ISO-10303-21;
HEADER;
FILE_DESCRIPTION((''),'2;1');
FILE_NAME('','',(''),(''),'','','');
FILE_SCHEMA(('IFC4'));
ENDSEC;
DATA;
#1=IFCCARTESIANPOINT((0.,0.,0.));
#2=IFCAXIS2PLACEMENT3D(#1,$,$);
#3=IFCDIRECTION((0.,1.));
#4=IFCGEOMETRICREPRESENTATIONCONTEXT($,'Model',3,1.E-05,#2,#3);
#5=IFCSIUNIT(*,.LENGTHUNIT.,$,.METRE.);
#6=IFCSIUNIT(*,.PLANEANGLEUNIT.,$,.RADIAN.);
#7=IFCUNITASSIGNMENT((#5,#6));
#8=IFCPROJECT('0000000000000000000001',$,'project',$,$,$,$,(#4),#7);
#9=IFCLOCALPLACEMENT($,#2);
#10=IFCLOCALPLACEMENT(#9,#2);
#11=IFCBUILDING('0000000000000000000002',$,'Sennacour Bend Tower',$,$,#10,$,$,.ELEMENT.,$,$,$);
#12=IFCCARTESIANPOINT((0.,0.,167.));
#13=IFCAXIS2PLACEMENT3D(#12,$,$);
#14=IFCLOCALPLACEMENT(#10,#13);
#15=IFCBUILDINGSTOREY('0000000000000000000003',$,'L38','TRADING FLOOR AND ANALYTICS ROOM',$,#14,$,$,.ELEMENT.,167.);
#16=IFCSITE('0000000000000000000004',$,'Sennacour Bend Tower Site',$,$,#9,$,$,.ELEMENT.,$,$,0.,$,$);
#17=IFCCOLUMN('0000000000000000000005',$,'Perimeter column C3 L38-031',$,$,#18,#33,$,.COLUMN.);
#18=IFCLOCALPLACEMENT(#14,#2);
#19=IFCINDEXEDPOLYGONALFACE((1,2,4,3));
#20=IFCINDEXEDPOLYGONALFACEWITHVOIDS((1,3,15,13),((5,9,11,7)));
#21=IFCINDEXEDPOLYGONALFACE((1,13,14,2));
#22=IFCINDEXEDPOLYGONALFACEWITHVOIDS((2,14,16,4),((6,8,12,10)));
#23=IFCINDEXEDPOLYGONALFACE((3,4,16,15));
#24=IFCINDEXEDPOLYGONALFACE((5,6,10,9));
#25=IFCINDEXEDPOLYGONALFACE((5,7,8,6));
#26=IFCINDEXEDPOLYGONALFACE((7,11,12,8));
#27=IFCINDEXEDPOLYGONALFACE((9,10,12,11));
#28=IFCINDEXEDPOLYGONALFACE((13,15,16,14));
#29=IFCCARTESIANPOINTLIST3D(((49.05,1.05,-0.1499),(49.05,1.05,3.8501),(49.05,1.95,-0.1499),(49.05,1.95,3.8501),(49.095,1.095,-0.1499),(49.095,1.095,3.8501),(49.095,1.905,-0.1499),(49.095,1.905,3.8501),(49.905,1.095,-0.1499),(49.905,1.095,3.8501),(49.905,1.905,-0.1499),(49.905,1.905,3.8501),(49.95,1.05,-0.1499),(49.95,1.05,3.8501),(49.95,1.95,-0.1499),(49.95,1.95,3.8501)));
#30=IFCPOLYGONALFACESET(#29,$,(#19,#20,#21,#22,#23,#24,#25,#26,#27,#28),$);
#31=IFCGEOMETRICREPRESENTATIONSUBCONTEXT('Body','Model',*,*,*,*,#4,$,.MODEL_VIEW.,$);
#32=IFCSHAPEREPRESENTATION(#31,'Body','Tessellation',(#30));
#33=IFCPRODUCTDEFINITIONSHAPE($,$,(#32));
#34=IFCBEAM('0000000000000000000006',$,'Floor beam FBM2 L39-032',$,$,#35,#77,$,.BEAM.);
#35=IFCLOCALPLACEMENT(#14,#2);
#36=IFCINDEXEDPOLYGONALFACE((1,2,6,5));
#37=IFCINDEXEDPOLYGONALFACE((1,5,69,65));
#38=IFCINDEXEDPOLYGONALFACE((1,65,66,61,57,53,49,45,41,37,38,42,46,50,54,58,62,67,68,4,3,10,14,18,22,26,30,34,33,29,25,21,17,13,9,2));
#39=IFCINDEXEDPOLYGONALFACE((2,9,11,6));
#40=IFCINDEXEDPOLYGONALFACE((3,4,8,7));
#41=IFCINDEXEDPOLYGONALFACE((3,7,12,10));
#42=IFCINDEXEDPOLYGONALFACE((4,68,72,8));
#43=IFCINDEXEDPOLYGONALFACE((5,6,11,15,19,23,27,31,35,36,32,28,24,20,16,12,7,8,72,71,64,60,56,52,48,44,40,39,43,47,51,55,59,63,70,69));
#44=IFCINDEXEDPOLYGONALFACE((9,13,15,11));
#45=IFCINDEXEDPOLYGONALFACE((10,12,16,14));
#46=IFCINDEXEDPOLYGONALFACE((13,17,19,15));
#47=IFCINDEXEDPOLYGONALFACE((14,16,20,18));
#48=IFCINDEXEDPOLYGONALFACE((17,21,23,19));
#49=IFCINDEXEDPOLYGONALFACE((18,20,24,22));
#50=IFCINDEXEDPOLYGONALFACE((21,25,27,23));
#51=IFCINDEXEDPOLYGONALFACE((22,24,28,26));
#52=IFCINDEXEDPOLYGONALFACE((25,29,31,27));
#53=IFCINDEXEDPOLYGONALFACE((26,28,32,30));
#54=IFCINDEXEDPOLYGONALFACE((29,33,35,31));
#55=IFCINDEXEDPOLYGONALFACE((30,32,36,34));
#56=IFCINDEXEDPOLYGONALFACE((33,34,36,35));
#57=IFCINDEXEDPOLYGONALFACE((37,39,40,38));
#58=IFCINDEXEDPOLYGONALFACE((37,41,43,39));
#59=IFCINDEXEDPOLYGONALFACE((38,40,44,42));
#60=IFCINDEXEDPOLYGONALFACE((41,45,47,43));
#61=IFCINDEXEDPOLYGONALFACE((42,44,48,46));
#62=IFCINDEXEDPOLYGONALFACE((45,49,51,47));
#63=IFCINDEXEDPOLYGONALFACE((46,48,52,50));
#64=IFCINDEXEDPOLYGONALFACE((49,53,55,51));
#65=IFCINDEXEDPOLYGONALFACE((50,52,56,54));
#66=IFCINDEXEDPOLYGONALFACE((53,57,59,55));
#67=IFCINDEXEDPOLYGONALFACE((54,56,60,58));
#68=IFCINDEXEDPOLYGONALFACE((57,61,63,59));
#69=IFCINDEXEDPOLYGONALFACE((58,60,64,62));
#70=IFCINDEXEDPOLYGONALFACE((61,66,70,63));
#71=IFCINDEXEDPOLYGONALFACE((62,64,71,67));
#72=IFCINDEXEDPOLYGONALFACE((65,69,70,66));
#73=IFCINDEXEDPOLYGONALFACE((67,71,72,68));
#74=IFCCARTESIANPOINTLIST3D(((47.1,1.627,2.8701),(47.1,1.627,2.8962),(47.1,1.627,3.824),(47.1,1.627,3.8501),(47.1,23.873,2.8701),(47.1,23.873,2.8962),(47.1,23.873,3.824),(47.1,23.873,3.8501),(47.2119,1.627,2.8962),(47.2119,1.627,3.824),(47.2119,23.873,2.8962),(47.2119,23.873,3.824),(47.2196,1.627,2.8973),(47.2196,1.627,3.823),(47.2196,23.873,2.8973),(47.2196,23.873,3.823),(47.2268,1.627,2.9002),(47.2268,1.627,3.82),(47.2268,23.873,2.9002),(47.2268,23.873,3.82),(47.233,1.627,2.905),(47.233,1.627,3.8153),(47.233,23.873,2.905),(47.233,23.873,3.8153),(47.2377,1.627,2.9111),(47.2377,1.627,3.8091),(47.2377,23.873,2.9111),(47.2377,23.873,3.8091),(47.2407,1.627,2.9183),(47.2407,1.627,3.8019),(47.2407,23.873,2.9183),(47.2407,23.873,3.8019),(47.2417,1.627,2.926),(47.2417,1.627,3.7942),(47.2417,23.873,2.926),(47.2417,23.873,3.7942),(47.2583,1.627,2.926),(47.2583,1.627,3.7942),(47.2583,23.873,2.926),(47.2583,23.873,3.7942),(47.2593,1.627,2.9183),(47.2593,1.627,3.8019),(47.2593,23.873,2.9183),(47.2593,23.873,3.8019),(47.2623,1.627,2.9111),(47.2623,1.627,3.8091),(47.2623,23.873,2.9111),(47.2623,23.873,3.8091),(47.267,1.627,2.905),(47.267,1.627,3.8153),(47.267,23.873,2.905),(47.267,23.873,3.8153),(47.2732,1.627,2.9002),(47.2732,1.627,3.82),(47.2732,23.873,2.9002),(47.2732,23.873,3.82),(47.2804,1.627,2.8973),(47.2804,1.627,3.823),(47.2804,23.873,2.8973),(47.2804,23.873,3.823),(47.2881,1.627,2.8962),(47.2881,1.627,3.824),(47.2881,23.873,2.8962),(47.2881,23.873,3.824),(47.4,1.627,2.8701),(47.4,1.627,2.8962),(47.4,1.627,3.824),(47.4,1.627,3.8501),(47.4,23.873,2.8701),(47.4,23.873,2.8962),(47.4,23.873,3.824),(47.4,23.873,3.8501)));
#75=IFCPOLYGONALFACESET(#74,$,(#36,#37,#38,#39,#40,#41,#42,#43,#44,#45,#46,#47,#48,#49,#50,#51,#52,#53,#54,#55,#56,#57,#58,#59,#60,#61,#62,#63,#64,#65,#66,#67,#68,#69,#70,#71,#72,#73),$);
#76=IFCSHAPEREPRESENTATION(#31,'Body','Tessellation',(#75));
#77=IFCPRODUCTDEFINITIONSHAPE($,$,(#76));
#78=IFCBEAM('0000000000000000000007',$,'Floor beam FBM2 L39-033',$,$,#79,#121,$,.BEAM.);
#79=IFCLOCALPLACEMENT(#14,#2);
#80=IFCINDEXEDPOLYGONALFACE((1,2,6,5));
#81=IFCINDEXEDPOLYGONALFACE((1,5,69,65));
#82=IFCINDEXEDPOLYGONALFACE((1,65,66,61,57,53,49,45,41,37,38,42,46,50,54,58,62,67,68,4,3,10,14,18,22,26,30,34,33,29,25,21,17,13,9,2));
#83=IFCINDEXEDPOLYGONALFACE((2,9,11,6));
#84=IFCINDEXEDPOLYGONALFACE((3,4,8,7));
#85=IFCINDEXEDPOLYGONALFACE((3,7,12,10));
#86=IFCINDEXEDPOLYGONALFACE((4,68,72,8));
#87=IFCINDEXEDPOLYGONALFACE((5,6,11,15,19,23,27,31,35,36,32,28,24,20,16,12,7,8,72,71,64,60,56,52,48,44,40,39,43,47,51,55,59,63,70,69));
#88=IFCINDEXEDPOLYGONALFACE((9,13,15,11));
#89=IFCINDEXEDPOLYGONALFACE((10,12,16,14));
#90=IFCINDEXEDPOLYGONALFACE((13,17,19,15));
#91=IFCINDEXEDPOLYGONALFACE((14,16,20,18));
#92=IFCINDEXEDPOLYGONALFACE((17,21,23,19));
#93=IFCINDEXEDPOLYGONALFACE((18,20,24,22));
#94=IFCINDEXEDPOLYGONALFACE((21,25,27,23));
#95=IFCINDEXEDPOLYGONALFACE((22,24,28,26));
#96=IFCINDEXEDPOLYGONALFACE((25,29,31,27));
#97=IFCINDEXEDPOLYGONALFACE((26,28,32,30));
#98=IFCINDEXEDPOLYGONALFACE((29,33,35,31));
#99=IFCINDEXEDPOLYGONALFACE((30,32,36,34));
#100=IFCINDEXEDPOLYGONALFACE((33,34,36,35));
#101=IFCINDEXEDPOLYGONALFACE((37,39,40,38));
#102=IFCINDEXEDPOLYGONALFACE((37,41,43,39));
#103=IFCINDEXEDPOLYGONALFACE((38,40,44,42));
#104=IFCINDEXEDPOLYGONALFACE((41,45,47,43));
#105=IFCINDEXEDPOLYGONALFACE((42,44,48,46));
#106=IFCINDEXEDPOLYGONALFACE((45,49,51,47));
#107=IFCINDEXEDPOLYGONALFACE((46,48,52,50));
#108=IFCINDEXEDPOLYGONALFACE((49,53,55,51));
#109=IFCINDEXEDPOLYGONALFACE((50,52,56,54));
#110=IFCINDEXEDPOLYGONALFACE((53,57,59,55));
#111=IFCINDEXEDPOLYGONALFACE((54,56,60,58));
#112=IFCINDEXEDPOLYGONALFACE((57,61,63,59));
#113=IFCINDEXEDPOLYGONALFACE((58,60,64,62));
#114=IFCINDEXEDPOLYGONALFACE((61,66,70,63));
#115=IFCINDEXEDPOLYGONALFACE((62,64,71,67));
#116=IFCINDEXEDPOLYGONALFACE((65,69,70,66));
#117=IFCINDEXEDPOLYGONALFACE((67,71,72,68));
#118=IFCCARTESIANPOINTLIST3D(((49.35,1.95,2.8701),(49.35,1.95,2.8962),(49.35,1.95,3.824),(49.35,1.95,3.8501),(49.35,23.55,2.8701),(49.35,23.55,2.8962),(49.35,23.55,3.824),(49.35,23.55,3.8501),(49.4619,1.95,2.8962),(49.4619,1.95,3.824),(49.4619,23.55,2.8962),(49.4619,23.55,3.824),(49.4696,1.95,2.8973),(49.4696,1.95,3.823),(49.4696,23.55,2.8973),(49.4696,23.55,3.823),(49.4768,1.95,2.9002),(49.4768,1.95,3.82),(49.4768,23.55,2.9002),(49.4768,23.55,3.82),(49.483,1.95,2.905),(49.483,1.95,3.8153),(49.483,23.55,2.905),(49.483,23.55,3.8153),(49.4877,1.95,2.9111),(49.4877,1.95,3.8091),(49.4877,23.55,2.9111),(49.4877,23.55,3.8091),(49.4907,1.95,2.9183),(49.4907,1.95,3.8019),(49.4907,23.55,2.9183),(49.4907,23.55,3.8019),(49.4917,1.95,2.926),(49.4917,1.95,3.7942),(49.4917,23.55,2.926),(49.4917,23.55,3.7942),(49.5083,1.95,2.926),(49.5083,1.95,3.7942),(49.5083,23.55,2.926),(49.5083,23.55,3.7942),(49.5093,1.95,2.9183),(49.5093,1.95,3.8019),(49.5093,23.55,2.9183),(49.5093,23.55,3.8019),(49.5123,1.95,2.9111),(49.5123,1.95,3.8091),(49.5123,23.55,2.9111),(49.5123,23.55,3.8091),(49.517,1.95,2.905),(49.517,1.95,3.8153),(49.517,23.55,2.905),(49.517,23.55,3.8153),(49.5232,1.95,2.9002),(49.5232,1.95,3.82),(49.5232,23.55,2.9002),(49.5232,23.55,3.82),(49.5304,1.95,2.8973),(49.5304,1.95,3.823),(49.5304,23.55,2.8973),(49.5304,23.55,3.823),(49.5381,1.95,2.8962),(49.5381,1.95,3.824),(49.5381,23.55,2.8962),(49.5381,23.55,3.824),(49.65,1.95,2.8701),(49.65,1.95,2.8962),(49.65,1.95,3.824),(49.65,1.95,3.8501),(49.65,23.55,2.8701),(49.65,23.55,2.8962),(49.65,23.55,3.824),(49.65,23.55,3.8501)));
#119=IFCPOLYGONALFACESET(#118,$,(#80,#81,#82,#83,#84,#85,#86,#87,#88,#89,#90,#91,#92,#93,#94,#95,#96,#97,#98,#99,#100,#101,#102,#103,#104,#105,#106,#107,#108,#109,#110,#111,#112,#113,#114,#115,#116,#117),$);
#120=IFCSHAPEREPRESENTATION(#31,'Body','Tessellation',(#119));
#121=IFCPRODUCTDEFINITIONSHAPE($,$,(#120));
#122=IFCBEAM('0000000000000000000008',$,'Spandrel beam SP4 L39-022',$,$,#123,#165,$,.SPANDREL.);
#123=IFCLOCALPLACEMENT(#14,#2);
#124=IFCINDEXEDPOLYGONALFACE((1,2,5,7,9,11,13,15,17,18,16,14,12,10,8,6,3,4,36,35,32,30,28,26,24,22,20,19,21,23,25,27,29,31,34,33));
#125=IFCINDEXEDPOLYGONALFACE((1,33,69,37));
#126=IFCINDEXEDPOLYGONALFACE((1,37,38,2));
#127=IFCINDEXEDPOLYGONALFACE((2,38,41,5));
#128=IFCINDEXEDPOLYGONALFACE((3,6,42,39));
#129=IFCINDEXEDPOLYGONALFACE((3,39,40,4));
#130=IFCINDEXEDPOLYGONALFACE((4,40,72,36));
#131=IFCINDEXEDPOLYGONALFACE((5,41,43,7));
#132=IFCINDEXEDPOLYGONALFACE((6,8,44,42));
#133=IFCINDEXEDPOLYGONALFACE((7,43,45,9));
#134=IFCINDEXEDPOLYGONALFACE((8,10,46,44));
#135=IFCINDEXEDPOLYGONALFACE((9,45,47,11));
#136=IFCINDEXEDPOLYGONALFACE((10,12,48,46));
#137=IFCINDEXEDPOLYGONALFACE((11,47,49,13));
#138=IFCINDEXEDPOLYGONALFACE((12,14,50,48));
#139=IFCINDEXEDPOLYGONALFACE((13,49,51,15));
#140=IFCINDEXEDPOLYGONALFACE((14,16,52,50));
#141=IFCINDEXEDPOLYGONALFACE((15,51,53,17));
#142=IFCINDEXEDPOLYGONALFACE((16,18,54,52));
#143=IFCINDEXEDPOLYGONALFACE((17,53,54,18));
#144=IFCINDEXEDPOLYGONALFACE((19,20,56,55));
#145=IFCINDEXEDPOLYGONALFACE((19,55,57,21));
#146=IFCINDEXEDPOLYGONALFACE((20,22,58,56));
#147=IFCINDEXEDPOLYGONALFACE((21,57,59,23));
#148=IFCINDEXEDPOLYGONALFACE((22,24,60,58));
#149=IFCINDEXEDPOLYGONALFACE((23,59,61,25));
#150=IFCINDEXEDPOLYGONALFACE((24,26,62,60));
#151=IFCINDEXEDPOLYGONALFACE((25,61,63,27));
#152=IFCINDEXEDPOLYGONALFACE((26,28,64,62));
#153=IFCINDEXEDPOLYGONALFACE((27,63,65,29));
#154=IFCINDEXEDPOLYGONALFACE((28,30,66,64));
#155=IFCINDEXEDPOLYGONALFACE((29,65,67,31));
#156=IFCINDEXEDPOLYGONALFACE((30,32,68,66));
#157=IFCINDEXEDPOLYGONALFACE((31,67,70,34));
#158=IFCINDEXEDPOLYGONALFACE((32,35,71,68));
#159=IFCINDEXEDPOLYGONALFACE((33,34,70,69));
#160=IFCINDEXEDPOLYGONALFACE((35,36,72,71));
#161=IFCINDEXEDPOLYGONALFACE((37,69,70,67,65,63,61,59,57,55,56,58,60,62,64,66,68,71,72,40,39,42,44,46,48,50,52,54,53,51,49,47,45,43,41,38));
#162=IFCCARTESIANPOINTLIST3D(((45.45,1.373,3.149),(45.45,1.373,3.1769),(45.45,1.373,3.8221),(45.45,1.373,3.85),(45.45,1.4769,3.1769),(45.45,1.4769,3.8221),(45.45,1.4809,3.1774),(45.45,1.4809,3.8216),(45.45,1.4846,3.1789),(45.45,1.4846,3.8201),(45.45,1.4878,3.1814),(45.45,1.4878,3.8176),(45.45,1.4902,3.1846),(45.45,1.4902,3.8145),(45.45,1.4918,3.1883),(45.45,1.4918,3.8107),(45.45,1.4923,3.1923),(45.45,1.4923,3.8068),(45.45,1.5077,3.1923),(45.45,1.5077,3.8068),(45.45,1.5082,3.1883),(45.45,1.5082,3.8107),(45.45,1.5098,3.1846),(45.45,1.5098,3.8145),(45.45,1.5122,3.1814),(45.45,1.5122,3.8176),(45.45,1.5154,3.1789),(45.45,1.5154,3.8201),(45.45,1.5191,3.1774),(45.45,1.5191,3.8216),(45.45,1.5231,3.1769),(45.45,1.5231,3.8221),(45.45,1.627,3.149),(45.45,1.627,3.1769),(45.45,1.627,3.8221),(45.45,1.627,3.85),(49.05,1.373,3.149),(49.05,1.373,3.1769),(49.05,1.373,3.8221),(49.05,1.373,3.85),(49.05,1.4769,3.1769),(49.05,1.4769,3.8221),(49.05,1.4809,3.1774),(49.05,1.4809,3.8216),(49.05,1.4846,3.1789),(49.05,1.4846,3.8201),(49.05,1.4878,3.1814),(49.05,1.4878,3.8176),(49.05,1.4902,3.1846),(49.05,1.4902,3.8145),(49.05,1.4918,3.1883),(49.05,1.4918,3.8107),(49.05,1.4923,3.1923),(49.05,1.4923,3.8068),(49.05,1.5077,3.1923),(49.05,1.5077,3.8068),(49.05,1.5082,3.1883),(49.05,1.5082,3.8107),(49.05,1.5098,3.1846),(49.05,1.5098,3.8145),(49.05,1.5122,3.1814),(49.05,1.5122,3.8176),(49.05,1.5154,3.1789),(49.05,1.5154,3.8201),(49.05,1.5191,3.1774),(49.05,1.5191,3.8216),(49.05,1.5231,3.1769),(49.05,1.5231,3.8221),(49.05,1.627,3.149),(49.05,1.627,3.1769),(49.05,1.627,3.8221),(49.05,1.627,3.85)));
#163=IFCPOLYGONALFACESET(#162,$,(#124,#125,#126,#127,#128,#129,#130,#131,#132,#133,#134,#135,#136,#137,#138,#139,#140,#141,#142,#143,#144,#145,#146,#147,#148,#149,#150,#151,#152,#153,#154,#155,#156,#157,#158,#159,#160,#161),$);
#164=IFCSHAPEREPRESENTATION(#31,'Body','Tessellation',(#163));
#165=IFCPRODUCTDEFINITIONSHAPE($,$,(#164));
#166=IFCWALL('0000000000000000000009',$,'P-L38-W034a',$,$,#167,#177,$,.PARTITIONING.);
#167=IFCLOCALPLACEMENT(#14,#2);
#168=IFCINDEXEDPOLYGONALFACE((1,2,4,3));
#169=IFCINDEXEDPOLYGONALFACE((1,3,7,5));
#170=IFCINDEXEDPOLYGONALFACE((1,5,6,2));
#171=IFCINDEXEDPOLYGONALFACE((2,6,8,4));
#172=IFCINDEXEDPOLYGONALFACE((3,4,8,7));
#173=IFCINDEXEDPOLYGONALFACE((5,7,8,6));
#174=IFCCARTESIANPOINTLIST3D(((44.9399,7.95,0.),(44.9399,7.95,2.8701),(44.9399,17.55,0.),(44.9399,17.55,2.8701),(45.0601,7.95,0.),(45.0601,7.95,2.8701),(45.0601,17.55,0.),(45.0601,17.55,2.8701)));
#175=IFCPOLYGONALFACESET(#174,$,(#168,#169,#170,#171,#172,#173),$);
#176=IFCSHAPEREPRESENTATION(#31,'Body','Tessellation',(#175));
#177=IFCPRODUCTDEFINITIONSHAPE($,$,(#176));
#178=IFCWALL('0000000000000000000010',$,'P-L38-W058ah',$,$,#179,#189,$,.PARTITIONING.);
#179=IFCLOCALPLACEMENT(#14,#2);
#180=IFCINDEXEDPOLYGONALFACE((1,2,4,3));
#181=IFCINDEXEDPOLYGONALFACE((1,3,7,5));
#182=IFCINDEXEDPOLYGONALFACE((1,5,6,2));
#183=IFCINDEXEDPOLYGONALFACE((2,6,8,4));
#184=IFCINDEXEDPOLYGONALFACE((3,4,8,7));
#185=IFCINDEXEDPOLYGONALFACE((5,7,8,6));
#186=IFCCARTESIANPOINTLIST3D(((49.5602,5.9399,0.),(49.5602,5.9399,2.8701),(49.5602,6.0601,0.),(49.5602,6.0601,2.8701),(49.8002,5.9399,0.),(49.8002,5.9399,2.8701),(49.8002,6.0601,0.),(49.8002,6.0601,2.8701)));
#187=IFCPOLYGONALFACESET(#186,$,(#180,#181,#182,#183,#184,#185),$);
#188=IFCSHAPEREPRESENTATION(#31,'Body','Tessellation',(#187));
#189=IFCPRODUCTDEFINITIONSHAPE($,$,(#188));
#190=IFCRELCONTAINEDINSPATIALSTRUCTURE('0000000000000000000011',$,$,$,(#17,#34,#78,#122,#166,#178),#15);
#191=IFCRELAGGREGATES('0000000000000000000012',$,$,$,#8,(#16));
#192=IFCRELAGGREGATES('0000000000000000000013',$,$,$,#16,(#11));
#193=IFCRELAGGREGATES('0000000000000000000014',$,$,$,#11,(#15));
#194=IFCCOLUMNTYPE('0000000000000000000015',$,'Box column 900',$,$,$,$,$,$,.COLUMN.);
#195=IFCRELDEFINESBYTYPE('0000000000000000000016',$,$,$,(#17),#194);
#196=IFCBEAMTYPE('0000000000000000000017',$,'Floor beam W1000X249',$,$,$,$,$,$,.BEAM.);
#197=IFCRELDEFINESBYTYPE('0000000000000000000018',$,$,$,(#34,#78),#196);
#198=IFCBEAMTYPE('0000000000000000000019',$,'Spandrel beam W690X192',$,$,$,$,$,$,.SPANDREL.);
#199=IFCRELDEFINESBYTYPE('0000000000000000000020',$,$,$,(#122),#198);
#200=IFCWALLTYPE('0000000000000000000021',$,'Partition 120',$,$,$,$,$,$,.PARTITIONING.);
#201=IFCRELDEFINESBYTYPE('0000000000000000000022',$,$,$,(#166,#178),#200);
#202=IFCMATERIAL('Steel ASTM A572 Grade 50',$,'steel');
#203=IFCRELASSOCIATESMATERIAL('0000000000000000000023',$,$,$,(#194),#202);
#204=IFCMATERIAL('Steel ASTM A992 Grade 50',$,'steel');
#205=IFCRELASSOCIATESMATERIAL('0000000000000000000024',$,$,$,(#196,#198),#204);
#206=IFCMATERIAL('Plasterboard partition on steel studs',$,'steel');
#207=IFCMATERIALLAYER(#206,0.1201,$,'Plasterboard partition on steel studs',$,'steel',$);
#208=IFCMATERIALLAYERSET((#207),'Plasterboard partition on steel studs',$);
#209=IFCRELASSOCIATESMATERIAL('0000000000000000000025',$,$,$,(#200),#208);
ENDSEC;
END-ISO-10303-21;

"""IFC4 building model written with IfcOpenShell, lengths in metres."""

from ifc_helpers import new_model, si_unit, direction, frame, frame_2d, origin, origin_2d, place, context, subcontext, project, spatial, rectangle, hollow_rectangle, i_section, extrude, material, layer, layer_set, material_profile, profile_set, type_object, element, save


model = new_model("IFC4")

# Units and contexts
model_context = context("Model", 3, precision=1e-05, world=origin(), true_north=direction((0.0, 1.0)))
body_context = subcontext(model_context, "Body", "Model", "MODEL_VIEW")
ifc_project = project(units=[si_unit("LENGTHUNIT", "METRE"), si_unit("PLANEANGLEUNIT", "RADIAN")], contexts=[model_context])

# Site, building, storey
site_placement = place(None, origin())
site = spatial("IfcSite", under=ifc_project, at=site_placement, Name="Sennacour Bend Tower Site", CompositionType="ELEMENT", RefElevation=0.0)
building_placement = place(site_placement, origin())
building = spatial("IfcBuilding", under=site, at=building_placement, Name="Sennacour Bend Tower", CompositionType="ELEMENT")
storey_placement = place(building_placement, frame((0.0, 0.0, 167.0)))
storey = spatial("IfcBuildingStorey", under=building, at=storey_placement, Name="L38", Description="TRADING FLOOR AND ANALYTICS ROOM", CompositionType="ELEMENT", Elevation=167.0)

# Column
ifc_material_1 = material(Name="Steel ASTM A572 Grade 50", Category="steel")
ifc_material_profile_1 = material_profile(ifc_material_1, hollow_rectangle(XDim=0.8999, YDim=0.8999, WallThickness=0.0449, at=origin_2d()), Name="Steel ASTM A572 Grade 50", Category="steel")
ifc_profile_set_1 = profile_set([ifc_material_profile_1], Name="Steel ASTM A572 Grade 50")
column_type = type_object("IfcColumnType", Name="Box column 900", PredefinedType="COLUMN", material=ifc_profile_set_1)
column_placement = place(storey_placement, frame((49.5, 1.5, -0.1499), z_axis=(0.0, 0.0, 1.0), x_axis=(1.0, 0.0, 0.0)))
element("IfcColumn", 1, at=column_placement, inside=storey, type_object=column_type, Name="Perimeter column C3 L38-031", PredefinedType="COLUMN", context=body_context, shape_type="SweptSolid", body=[
    extrude(hollow_rectangle(XDim=0.8999, YDim=0.8999, WallThickness=0.0449, at=origin_2d()), origin(), (0.0, 0.0, 1.0), 4.0),
])

# Beams
ifc_material_2 = material(Name="Steel ASTM A992 Grade 50", Category="steel")
ifc_material_profile_2 = material_profile(ifc_material_2, i_section(OverallWidth=0.3, OverallDepth=0.98, WebThickness=0.0166, FlangeThickness=0.0261, FilletRadius=0.0298, at=origin_2d()), Name="Steel ASTM A992 Grade 50", Category="steel")
ifc_profile_set_2 = profile_set([ifc_material_profile_2], Name="Steel ASTM A992 Grade 50")
beam_type_1 = type_object("IfcBeamType", Name="Floor beam W1000X249", PredefinedType="BEAM", material=ifc_profile_set_2)
beam_1_placement = place(storey_placement, frame((47.25, 1.627, 3.3601), z_axis=(0.0, 1.0, 0.0), x_axis=(-1.0, 0.0, 0.0)))
element("IfcBeam", 2, at=beam_1_placement, inside=storey, type_object=beam_type_1, Name="Floor beam FBM2 L39-032", PredefinedType="BEAM", context=body_context, shape_type="SweptSolid", body=[
    extrude(i_section(OverallWidth=0.3, OverallDepth=0.98, WebThickness=0.0166, FlangeThickness=0.0261, FilletRadius=0.0298, at=origin_2d()), origin(), (0.0, 0.0, 1.0), 22.2461),
])
beam_2_placement = place(storey_placement, frame((49.5, 1.95, 3.3601), z_axis=(0.0, 1.0, 0.0), x_axis=(-1.0, 0.0, 0.0)))
element("IfcBeam", 3, at=beam_2_placement, inside=storey, type_object=beam_type_1, Name="Floor beam FBM2 L39-033", PredefinedType="BEAM", context=body_context, shape_type="SweptSolid", body=[
    extrude(i_section(OverallWidth=0.3, OverallDepth=0.98, WebThickness=0.0166, FlangeThickness=0.0261, FilletRadius=0.0298, at=origin_2d()), origin(), (0.0, 0.0, 1.0), 21.6001),
])
ifc_material_profile_3 = material_profile(ifc_material_2, i_section(OverallWidth=0.2539, OverallDepth=0.7009, WebThickness=0.0154, FlangeThickness=0.0278, FilletRadius=0.0154, at=origin_2d()), Name="Steel ASTM A992 Grade 50", Category="steel")
ifc_profile_set_3 = profile_set([ifc_material_profile_3], Name="Steel ASTM A992 Grade 50")
beam_type_2 = type_object("IfcBeamType", Name="Spandrel beam W690X192", PredefinedType="SPANDREL", material=ifc_profile_set_3)
beam_3_placement = place(storey_placement, frame((49.05, 1.5, 3.4995), z_axis=(-1.0, 0.0, 0.0), x_axis=(0.0, -1.0, 0.0)))
element("IfcBeam", 4, at=beam_3_placement, inside=storey, type_object=beam_type_2, Name="Spandrel beam SP4 L39-022", PredefinedType="SPANDREL", context=body_context, shape_type="SweptSolid", body=[
    extrude(i_section(OverallWidth=0.2539, OverallDepth=0.7009, WebThickness=0.0154, FlangeThickness=0.0278, FilletRadius=0.0154, at=origin_2d()), origin(), (0.0, 0.0, 1.0), 3.6001),
])

# Walls
ifc_material_3 = material(Name="Plasterboard partition on steel studs", Category="steel")
ifc_layer_1 = layer(ifc_material_3, 0.1201, Name="Plasterboard partition on steel studs", Category="steel")
ifc_layer_set_1 = layer_set([ifc_layer_1], Name="Plasterboard partition on steel studs")
wall_type_1 = type_object("IfcWallType", Name="Partition 120", PredefinedType="PARTITIONING", material=ifc_layer_set_1)
wall_1_placement = place(storey_placement, frame((45.0, 7.95, 0.0), z_axis=(0.0, 0.0, 1.0), x_axis=(0.0, 1.0, 0.0)))
element("IfcWall", 5, at=wall_1_placement, inside=storey, type_object=wall_type_1, Name="P-L38-W034a", PredefinedType="PARTITIONING", context=body_context, shape_type="SweptSolid", body=[
    extrude(rectangle(XDim=9.6001, YDim=0.1201, at=frame_2d((4.8, 0.0))), origin(), (0.0, 0.0, 1.0), 2.8701),
])
wall_2_placement = place(storey_placement, frame((49.5601, 6.0, 0.0), z_axis=(0.0, 0.0, 1.0), x_axis=(1.0, 0.0, 0.0)))
element("IfcWall", 6, at=wall_2_placement, inside=storey, type_object=wall_type_1, Name="P-L38-W058ah", PredefinedType="PARTITIONING", context=body_context, shape_type="SweptSolid", body=[
    extrude(rectangle(XDim=0.24, YDim=0.1201, at=frame_2d((0.1201, 0.0))), origin(), (0.0, 0.0, 1.0), 2.8701),
])

save(model, "model.ifc")
